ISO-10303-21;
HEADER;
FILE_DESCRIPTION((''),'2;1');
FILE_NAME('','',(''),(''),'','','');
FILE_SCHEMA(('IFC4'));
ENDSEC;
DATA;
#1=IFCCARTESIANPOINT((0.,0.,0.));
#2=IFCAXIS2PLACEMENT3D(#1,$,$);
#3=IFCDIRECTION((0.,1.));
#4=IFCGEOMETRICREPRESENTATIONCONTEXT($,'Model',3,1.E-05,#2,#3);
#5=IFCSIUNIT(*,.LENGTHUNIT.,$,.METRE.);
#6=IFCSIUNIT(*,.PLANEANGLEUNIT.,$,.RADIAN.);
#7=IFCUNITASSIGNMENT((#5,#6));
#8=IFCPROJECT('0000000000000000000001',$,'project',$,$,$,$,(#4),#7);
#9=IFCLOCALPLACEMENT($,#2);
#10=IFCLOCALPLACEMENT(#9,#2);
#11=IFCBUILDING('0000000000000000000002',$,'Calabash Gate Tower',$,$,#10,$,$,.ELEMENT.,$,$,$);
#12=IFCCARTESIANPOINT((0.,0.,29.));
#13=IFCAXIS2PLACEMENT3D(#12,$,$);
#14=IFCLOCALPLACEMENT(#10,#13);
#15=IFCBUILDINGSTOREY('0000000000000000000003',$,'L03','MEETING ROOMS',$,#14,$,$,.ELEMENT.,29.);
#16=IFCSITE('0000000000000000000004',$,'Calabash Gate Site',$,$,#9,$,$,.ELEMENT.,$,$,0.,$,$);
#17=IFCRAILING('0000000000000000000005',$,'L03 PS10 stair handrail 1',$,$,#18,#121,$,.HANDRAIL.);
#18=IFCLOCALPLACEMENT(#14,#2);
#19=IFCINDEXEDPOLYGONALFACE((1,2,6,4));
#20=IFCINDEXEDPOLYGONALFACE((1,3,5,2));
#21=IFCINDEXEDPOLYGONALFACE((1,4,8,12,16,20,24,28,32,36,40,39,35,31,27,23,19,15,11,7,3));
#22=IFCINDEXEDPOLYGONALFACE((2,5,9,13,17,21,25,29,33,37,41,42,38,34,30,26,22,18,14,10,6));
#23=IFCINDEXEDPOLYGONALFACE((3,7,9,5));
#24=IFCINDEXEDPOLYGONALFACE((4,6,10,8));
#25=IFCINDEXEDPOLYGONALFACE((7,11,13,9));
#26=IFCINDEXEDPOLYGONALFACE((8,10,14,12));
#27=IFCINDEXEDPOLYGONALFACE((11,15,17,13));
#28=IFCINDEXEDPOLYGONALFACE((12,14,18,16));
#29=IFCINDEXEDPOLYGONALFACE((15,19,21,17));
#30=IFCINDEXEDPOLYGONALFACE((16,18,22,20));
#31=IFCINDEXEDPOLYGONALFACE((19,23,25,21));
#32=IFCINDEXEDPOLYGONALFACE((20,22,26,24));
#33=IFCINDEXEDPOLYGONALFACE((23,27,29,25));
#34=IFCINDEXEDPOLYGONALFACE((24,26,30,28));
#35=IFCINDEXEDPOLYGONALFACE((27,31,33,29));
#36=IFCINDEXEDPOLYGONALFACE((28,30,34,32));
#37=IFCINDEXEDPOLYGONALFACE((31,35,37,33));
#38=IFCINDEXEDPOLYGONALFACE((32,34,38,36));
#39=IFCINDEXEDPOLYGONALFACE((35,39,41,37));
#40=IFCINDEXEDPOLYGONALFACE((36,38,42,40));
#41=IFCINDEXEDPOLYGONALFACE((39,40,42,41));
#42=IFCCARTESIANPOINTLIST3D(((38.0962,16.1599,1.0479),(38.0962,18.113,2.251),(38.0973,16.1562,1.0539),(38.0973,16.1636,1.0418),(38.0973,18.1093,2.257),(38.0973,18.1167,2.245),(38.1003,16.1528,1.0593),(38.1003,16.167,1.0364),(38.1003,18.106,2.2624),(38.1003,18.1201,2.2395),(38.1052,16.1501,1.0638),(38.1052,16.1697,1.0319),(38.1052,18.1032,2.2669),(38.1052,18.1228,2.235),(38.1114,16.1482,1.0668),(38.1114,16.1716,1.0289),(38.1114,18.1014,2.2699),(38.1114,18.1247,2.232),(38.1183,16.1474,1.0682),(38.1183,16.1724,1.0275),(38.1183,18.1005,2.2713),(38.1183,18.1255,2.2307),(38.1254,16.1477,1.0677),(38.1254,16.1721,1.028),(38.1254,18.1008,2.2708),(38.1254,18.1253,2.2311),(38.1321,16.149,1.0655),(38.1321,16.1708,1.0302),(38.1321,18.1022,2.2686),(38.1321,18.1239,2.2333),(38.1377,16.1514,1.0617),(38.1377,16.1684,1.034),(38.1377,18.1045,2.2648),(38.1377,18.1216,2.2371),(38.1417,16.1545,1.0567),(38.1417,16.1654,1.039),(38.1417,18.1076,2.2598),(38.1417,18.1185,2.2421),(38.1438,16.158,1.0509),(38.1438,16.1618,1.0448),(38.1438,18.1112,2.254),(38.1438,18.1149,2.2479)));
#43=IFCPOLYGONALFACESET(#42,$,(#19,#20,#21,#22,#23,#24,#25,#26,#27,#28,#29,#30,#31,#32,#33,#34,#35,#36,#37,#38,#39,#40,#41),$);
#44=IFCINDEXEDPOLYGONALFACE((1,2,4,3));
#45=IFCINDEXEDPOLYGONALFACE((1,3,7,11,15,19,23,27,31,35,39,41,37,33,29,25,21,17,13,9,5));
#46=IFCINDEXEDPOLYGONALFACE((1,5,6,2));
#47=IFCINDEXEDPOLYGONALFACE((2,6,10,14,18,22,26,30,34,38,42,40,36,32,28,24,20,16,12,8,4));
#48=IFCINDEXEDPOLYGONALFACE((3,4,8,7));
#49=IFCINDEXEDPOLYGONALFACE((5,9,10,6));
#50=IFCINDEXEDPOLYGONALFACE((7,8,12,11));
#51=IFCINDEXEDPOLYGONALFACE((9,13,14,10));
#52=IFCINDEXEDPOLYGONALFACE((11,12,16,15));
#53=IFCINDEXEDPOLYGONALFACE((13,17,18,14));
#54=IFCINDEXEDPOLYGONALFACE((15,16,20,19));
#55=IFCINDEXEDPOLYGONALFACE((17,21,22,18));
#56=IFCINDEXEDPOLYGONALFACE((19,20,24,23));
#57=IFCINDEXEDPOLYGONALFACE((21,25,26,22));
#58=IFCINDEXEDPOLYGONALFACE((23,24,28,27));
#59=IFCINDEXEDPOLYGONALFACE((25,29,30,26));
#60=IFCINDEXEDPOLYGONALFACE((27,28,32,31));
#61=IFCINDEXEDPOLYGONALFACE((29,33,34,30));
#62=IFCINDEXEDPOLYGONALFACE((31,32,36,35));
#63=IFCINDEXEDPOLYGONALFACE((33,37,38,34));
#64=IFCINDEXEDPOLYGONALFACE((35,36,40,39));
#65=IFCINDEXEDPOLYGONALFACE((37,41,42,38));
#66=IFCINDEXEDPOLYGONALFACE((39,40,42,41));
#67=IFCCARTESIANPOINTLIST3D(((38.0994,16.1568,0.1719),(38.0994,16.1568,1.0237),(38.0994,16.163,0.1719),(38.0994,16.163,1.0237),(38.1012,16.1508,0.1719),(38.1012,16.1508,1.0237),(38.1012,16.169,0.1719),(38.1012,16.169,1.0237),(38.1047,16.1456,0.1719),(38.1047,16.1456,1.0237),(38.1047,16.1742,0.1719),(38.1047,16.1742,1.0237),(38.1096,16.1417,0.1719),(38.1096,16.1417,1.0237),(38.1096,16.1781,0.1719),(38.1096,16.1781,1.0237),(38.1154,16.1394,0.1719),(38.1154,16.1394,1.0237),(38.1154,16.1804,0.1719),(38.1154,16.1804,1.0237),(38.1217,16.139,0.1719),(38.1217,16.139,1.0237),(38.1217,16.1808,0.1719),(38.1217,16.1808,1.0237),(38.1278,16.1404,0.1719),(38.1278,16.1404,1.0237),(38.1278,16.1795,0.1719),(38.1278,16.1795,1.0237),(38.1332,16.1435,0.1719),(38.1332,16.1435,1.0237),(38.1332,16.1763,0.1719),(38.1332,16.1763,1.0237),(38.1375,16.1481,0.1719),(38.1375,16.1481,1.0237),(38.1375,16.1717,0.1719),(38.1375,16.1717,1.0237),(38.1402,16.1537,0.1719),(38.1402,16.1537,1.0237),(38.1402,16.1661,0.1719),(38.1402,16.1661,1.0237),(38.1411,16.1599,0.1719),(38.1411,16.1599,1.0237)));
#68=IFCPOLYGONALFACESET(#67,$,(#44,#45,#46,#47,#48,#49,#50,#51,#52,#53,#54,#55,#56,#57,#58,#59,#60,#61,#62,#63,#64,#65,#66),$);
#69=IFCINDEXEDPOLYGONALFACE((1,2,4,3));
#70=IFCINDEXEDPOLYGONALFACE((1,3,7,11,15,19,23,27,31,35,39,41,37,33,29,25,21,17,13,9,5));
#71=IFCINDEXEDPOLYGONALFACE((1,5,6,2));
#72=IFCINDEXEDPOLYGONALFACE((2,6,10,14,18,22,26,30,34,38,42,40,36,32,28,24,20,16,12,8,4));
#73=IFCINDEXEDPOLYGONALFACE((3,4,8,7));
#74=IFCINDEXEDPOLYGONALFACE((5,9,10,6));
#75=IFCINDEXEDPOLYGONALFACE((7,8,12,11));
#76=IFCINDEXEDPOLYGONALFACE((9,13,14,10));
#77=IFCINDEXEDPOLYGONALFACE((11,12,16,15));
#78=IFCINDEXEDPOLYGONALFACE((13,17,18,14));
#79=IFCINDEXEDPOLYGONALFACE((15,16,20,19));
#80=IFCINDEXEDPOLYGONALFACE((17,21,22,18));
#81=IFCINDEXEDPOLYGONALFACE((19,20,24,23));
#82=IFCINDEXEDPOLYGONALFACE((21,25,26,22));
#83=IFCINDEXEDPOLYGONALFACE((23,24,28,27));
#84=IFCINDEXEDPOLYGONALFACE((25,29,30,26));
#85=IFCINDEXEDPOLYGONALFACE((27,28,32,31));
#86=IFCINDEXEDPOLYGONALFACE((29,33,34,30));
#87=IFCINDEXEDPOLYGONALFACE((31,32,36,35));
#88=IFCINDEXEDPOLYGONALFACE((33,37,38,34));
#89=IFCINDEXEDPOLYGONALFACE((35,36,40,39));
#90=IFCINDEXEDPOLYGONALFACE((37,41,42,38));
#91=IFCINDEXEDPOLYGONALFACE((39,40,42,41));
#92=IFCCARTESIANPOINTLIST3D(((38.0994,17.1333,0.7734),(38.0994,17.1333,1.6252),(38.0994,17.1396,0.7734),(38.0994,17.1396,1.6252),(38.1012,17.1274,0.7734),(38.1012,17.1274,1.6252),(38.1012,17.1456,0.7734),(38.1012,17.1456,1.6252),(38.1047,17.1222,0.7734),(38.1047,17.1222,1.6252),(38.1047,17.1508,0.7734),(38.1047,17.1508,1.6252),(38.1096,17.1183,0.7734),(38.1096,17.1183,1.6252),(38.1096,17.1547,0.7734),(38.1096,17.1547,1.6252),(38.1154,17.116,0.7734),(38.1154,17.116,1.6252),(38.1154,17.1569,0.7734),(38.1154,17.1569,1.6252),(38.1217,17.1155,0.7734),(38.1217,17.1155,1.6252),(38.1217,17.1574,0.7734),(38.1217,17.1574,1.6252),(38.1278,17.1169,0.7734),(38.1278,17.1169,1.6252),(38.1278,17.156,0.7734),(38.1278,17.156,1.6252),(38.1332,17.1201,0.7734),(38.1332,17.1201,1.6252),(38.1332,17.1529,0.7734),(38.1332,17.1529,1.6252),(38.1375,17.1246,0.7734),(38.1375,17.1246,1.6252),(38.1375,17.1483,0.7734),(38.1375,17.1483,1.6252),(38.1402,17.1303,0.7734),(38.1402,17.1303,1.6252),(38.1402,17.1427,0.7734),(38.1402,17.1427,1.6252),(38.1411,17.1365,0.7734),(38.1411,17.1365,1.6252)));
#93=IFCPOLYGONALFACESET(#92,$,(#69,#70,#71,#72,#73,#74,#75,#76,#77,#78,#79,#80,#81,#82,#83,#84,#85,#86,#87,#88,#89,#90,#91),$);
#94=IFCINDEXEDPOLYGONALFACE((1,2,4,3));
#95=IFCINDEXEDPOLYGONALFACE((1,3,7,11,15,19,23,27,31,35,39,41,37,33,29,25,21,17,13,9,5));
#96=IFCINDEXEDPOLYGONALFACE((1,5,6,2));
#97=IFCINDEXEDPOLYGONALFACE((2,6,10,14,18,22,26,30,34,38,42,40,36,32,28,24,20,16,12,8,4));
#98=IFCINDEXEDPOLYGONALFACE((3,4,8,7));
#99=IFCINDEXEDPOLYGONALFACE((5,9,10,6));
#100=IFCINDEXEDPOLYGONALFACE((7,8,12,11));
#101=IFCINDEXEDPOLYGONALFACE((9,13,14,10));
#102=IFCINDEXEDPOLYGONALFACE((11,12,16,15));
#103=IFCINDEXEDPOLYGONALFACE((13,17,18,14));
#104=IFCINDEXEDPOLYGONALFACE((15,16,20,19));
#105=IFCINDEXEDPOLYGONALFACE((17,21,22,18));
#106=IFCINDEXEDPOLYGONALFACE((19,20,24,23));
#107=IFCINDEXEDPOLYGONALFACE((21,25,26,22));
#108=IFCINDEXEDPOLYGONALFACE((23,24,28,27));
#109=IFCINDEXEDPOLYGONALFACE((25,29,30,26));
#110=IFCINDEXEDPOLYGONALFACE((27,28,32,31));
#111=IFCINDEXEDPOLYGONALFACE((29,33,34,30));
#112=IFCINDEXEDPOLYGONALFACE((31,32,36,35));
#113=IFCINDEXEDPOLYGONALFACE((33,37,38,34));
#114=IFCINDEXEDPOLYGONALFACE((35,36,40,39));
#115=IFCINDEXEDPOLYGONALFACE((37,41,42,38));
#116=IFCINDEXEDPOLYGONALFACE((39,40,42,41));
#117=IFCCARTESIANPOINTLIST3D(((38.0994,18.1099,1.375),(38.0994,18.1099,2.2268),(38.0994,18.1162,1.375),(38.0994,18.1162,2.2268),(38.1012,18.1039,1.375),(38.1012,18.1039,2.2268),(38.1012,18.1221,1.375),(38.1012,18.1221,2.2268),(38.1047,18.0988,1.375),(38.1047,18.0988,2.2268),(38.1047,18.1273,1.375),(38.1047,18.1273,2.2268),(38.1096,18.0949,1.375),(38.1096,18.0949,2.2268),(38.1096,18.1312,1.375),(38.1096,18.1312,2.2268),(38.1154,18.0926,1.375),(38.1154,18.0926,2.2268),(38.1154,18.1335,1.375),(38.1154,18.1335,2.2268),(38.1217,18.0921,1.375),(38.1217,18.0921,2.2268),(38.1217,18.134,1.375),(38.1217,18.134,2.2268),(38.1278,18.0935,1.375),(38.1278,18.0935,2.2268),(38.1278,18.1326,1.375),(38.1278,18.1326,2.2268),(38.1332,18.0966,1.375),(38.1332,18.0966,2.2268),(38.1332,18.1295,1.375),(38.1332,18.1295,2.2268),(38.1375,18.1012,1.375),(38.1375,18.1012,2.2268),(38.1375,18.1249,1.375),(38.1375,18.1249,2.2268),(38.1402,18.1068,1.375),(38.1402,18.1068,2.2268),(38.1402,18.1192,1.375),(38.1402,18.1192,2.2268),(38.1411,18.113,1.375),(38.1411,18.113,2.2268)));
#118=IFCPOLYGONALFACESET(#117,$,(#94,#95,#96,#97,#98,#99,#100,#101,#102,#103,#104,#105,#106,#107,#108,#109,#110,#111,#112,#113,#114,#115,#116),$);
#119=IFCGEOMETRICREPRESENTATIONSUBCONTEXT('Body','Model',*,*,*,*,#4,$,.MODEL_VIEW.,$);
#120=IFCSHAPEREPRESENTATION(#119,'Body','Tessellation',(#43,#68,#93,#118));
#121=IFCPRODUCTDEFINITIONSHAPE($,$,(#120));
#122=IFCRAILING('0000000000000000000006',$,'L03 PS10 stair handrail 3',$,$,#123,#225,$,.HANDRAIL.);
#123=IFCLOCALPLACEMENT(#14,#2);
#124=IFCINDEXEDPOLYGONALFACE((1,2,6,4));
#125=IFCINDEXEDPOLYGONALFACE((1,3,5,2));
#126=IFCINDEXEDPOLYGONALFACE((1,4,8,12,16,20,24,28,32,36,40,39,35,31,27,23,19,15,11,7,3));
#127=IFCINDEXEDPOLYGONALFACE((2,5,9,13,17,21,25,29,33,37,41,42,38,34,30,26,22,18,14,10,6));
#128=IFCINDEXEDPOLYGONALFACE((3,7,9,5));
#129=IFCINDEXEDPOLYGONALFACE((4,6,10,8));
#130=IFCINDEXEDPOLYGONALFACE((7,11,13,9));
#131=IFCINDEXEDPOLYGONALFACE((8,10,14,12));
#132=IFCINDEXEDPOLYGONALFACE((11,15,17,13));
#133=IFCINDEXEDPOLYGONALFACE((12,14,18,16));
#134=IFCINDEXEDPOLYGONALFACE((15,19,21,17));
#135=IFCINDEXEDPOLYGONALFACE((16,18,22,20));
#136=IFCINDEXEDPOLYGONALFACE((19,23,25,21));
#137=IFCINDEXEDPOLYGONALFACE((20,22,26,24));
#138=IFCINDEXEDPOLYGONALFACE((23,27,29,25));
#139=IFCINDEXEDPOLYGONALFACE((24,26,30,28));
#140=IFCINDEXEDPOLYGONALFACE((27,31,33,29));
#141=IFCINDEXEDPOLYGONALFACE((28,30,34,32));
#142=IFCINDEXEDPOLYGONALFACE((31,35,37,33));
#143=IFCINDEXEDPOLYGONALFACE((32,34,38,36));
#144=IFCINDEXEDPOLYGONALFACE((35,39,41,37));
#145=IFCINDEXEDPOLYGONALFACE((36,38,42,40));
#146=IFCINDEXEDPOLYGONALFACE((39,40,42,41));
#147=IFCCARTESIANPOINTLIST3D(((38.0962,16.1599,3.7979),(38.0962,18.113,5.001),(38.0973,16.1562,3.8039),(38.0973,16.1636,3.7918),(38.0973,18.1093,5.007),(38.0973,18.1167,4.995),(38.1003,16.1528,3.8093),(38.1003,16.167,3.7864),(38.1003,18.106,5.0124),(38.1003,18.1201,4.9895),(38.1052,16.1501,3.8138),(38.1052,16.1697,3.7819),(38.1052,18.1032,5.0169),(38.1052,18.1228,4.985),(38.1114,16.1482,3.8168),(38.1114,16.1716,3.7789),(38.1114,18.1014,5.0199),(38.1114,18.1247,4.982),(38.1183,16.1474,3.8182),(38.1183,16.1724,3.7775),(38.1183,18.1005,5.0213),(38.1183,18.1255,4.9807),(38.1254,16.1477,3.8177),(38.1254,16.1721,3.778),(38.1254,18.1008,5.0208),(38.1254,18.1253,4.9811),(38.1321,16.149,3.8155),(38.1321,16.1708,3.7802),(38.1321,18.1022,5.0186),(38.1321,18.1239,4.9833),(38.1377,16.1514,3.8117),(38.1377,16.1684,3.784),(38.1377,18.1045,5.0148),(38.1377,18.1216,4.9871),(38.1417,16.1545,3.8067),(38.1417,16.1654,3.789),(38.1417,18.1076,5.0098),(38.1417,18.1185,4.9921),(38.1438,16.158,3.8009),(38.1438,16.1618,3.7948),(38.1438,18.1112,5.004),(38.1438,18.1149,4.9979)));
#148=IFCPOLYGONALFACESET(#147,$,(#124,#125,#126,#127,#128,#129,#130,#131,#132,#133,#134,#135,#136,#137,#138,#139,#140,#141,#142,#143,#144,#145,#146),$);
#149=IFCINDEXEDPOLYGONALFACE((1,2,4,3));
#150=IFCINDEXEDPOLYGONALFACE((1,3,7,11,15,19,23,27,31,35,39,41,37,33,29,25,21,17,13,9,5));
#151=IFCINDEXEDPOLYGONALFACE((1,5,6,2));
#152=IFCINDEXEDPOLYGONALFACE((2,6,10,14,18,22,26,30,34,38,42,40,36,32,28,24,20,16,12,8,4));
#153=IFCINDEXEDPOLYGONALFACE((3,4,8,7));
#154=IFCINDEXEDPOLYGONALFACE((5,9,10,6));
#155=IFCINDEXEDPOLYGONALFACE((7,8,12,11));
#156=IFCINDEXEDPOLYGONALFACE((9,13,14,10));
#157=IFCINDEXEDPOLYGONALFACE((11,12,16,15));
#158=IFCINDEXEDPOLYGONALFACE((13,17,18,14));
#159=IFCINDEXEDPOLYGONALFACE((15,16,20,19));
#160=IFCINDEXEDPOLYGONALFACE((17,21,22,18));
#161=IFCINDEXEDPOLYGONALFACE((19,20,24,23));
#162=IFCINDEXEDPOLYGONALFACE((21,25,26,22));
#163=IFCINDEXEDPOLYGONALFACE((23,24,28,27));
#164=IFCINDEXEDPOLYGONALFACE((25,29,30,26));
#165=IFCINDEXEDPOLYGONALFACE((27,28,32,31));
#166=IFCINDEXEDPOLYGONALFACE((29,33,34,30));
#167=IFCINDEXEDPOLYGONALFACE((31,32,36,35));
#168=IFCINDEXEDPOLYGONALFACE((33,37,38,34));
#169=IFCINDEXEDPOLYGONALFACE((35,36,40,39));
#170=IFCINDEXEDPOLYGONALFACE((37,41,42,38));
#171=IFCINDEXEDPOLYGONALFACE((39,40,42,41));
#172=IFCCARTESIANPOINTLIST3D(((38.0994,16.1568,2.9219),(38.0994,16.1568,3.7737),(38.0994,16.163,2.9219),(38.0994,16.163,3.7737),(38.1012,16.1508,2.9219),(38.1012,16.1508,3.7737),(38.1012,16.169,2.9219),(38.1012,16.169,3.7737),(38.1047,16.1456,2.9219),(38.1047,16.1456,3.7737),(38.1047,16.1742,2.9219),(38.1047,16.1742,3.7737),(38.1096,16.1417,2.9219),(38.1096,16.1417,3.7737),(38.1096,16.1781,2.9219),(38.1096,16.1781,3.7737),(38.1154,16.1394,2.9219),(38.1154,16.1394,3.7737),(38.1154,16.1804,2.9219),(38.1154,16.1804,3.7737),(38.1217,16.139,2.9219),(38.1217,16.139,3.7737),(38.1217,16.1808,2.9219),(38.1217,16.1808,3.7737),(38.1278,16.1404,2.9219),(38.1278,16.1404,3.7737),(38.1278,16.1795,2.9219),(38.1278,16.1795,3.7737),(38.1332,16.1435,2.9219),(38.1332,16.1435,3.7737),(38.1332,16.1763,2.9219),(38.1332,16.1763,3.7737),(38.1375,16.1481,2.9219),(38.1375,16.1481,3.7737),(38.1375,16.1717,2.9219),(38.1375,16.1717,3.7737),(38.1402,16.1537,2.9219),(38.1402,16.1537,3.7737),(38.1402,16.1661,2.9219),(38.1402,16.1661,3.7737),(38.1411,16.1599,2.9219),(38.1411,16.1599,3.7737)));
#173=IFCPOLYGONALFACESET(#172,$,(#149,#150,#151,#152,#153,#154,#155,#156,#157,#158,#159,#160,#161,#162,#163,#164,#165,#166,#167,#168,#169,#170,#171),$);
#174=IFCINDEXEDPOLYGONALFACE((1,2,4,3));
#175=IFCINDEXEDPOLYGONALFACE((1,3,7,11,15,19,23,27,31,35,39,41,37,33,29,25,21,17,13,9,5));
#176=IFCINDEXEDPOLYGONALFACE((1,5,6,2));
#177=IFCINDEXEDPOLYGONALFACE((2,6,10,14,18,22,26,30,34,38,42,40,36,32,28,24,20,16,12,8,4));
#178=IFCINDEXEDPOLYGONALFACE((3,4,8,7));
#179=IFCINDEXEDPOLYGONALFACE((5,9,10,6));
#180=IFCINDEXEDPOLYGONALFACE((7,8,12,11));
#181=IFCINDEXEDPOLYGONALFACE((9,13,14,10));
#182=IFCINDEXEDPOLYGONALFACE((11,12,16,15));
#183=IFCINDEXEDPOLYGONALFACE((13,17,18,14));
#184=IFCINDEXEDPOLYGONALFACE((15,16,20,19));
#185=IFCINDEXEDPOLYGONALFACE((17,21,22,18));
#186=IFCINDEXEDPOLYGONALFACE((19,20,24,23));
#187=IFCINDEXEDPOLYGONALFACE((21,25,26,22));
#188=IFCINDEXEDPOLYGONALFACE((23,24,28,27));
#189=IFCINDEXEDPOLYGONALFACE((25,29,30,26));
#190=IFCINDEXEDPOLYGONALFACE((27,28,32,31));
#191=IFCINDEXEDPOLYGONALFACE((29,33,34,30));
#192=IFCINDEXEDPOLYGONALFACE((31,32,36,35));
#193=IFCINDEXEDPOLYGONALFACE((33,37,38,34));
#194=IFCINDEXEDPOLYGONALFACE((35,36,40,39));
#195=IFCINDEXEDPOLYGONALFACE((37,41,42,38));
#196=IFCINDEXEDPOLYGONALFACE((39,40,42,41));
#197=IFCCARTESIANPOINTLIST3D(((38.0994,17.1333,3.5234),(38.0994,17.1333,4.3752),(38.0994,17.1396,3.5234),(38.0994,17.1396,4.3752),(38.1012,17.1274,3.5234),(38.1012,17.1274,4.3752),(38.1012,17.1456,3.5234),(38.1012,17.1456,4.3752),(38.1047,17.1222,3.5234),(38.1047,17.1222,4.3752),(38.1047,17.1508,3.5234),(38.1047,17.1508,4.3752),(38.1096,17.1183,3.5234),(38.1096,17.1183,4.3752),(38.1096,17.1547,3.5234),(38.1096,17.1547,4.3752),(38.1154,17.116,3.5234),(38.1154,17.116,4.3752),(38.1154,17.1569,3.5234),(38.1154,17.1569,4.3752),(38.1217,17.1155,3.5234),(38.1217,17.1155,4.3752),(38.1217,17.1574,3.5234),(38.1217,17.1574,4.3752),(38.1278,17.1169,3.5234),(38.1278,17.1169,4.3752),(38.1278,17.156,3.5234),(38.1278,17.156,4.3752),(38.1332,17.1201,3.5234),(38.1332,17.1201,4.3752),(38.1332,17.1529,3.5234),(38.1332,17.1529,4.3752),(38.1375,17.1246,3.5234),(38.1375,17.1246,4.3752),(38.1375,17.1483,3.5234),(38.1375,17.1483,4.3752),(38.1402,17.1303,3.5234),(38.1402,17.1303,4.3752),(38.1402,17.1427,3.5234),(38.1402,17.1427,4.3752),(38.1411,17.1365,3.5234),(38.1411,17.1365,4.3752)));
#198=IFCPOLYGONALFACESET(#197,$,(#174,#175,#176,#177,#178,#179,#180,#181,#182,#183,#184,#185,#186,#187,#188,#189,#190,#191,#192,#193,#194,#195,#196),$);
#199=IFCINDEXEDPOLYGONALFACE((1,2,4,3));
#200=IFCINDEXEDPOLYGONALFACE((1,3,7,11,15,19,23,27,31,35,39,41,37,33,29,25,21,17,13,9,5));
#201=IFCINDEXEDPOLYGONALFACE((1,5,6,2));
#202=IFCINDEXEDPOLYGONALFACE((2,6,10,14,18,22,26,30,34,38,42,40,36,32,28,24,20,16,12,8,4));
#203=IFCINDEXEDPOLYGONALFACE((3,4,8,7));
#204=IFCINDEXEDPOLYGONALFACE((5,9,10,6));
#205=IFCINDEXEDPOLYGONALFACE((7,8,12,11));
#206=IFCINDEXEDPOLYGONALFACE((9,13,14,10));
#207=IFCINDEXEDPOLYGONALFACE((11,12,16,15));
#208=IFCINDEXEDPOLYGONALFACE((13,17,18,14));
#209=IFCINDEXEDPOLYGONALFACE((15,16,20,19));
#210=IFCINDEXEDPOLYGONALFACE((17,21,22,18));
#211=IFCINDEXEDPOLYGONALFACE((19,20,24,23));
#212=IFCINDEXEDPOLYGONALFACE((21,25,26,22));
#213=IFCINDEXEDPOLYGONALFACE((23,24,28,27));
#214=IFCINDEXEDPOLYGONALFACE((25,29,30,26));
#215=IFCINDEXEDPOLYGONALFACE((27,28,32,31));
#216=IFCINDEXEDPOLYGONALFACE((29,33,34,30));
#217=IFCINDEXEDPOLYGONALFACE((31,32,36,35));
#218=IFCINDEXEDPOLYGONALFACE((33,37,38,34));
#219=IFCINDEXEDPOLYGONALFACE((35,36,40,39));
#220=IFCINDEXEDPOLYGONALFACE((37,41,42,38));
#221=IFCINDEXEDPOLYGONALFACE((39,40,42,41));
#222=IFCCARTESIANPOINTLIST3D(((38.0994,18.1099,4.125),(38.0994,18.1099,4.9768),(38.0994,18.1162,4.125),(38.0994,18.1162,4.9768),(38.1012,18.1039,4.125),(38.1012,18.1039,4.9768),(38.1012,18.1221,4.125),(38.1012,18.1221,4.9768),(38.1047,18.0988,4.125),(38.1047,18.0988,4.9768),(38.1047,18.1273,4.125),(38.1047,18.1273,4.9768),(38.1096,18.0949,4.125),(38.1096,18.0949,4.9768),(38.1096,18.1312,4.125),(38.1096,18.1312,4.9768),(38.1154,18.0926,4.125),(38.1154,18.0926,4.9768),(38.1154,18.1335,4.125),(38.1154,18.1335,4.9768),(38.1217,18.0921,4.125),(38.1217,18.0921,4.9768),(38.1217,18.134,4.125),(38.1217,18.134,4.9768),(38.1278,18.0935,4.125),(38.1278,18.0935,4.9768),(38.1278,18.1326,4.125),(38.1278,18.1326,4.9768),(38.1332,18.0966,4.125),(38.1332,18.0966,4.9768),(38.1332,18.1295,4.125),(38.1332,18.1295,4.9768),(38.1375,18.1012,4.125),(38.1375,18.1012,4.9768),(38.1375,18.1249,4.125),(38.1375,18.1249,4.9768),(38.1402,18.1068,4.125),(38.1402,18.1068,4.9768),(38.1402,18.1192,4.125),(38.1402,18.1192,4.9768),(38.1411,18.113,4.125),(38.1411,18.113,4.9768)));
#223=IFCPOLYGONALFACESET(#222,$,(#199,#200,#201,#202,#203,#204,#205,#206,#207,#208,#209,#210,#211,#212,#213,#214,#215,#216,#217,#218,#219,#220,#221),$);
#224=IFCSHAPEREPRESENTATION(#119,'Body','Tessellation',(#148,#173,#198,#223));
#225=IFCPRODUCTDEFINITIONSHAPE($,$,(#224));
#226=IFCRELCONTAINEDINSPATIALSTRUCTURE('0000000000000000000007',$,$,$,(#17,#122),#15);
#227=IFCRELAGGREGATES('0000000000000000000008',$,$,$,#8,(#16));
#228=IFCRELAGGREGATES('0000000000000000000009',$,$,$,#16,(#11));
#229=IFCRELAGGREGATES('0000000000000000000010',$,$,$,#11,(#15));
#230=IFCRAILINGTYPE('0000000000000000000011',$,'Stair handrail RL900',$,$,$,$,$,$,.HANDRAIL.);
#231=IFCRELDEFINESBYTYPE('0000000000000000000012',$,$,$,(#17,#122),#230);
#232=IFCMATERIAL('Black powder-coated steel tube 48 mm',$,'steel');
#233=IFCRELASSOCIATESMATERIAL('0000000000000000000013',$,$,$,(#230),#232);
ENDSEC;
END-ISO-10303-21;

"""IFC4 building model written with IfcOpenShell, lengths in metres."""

from ifc_helpers import new_model, si_unit, direction, frame, origin, origin_2d, place, context, subcontext, project, spatial, circle, extrude, material, type_object, element, save


model = new_model("IFC4")

# Units and contexts
model_context = context("Model", 3, precision=1e-05, world=origin(), true_north=direction((0.0, 1.0)))
body_context = subcontext(model_context, "Body", "Model", "MODEL_VIEW")
ifc_project = project(units=[si_unit("LENGTHUNIT", "METRE"), si_unit("PLANEANGLEUNIT", "RADIAN")], contexts=[model_context])

# Site, building, storey
site_placement = place(None, origin())
site = spatial("IfcSite", under=ifc_project, at=site_placement, Name="Calabash Gate Site", CompositionType="ELEMENT", RefElevation=0.0)
building_placement = place(site_placement, origin())
building = spatial("IfcBuilding", under=site, at=building_placement, Name="Calabash Gate Tower", CompositionType="ELEMENT")
storey_placement = place(building_placement, frame((0.0, 0.0, 29.0)))
storey = spatial("IfcBuildingStorey", under=building, at=storey_placement, Name="L03", Description="MEETING ROOMS", CompositionType="ELEMENT", Elevation=29.0)

# Railings
ifc_material_1 = material(Name="Black powder-coated steel tube 48 mm", Category="steel")
railing_type_1 = type_object("IfcRailingType", Name="Stair handrail RL900", PredefinedType="HANDRAIL", material=ifc_material_1)
for number, where, name in (
    (1, (38.1201, 16.1599, 0.1719), "L03 PS10 stair handrail 1"),
    (2, (38.1201, 16.1599, 2.9219), "L03 PS10 stair handrail 3"),
):
    element("IfcRailing", number, at=place(storey_placement, frame(where)), inside=storey, type_object=railing_type_1, Name=name, PredefinedType="HANDRAIL", context=body_context, shape_type="SweptSolid", body=[
        extrude(circle(Radius=0.0239, at=origin_2d()), frame((0.0, 0.0, 0.876), z_axis=(0.0, 0.851424, 0.524477), x_axis=(-1.0, 0.0, 0.0)), (0.0, 0.0, 1.0), 2.2939),
        extrude(circle(Radius=0.021, at=origin_2d()), origin(), (0.0, 0.0, 1.0), 0.8518),
        extrude(circle(Radius=0.021, at=origin_2d()), frame((0.0, 0.9766, 0.6016)), (0.0, 0.0, 1.0), 0.8518),
        extrude(circle(Radius=0.021, at=origin_2d()), frame((0.0, 1.9531, 1.2031)), (0.0, 0.0, 1.0), 0.8518),
    ])

save(model, "model.ifc")
